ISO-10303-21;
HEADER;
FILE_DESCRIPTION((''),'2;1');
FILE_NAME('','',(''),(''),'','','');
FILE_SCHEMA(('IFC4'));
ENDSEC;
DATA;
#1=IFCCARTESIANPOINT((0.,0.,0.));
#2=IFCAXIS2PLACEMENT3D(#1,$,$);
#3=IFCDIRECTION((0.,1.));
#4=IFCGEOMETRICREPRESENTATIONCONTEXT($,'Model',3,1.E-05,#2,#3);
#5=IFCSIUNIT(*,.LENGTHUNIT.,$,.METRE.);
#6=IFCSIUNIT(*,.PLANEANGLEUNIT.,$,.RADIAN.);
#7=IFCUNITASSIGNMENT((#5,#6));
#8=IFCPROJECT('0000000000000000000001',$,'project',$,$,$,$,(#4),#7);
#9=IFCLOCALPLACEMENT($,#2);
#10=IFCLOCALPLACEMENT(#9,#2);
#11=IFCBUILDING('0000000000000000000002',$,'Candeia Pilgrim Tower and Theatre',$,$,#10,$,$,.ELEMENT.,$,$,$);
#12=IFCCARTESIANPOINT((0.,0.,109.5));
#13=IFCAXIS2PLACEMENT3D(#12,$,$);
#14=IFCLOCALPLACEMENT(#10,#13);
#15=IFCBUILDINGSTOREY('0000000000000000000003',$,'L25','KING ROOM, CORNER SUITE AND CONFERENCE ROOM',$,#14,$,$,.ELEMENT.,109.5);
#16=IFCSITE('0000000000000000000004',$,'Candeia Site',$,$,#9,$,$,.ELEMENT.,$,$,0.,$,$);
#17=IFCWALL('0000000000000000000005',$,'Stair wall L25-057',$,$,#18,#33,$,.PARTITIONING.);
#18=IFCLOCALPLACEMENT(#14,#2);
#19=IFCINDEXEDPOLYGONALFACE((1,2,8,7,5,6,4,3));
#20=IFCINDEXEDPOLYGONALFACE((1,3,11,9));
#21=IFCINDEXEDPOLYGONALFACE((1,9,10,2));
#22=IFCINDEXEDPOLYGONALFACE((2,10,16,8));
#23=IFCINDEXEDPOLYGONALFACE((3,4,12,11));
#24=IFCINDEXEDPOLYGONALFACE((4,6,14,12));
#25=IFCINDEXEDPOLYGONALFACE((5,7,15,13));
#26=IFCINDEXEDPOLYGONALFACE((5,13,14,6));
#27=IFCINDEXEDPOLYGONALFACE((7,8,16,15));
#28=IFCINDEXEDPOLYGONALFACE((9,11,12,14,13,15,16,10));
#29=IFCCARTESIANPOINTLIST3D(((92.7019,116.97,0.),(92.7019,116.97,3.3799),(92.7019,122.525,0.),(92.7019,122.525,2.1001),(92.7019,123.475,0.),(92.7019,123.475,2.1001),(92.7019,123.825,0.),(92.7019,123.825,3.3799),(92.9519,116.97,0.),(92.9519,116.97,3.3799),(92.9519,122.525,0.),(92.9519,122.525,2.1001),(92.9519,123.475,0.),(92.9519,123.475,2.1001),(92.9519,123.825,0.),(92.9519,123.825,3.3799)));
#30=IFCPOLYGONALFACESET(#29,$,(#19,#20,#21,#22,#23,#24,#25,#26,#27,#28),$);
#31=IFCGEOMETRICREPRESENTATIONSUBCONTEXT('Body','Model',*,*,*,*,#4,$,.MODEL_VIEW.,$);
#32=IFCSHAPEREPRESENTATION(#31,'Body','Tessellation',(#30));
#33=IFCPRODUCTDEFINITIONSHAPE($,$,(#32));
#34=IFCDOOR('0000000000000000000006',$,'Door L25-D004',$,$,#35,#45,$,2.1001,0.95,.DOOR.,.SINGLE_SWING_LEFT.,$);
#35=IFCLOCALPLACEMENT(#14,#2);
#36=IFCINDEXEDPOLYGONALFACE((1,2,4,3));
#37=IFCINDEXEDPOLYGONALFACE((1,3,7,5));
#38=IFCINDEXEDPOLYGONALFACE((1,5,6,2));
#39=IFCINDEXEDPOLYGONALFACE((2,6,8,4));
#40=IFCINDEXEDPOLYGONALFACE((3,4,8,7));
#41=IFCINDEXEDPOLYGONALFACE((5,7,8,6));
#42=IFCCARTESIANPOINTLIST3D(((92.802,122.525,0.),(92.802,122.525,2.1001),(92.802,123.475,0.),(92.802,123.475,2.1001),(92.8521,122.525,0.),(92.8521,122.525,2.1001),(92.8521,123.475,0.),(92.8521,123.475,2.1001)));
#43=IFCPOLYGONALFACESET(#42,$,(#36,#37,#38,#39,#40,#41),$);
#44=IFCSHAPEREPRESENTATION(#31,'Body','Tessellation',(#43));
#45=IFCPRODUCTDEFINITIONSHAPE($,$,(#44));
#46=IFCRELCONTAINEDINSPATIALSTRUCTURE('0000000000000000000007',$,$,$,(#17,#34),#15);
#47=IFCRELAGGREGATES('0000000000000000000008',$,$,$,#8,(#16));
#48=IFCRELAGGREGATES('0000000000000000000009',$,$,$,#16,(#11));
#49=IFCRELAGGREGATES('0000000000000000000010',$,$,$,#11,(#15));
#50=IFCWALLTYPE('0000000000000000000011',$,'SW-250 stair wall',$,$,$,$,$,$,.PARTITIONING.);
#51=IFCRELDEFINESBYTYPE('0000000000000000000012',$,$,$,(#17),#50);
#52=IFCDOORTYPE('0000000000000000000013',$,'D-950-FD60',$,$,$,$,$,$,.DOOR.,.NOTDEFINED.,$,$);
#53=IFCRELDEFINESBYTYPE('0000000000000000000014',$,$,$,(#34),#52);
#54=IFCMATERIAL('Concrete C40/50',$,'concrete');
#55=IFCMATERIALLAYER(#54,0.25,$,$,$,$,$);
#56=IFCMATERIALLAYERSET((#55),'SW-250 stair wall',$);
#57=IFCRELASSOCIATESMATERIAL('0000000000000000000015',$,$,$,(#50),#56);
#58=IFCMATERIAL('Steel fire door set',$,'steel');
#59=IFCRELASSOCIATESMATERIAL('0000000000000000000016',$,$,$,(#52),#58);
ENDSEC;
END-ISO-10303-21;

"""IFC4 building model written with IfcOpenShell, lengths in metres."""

from ifc_helpers import new_model, si_unit, direction, frame, frame_2d, origin, place, context, subcontext, project, spatial, rectangle, extrude, material, layer, layer_set, type_object, element, fill, save


model = new_model("IFC4")

# Units and contexts
model_context = context("Model", 3, precision=1e-05, world=origin(), true_north=direction((0.0, 1.0)))
body_context = subcontext(model_context, "Body", "Model", "MODEL_VIEW")
ifc_project = project(units=[si_unit("LENGTHUNIT", "METRE"), si_unit("PLANEANGLEUNIT", "RADIAN")], contexts=[model_context])

# Site, building, storey
site_placement = place(None, origin())
site = spatial("IfcSite", under=ifc_project, at=site_placement, Name="Candeia Site", CompositionType="ELEMENT", RefElevation=0.0)
building_placement = place(site_placement, origin())
building = spatial("IfcBuilding", under=site, at=building_placement, Name="Candeia Pilgrim Tower and Theatre", CompositionType="ELEMENT")
storey_placement = place(building_placement, frame((0.0, 0.0, 109.5)))
storey = spatial("IfcBuildingStorey", under=building, at=storey_placement, Name="L25", Description="KING ROOM, CORNER SUITE AND CONFERENCE ROOM", CompositionType="ELEMENT", Elevation=109.5)

# Wall, opening, door
ifc_material_1 = material(Name="Concrete C40/50", Category="concrete")
ifc_material_2 = material(Name="Steel fire door set", Category="steel")
ifc_layer_1 = layer(ifc_material_1, 0.25)
ifc_layer_set_1 = layer_set([ifc_layer_1], Name="SW-250 stair wall")
wall_type_1 = type_object("IfcWallType", Name="SW-250 stair wall", PredefinedType="PARTITIONING", material=ifc_layer_set_1)
wall_1_placement = place(storey_placement, frame((92.8269, 116.97, 0.0), z_axis=(0.0, 0.0, 1.0), x_axis=(0.0, 1.0, 0.0)))
wall_1 = element("IfcWall", 1, at=wall_1_placement, inside=storey, type_object=wall_type_1, Name="Stair wall L25-057", PredefinedType="PARTITIONING", context=body_context, shape_type="SweptSolid", body=[
    extrude(rectangle(XDim=6.855, YDim=0.25, at=frame_2d((3.4275, 0.0))), origin(), (0.0, 0.0, 1.0), 3.3799),
])
opening_1_placement = place(wall_1_placement, frame((5.5549, 0.0, 0.0)))
opening_1 = element("IfcOpeningElement", 2, at=opening_1_placement, cuts=wall_1, PredefinedType="OPENING", context=body_context, shape_type="SweptSolid", body=[
    extrude(rectangle(XDim=0.95, YDim=2.1001, at=frame_2d((0.4751, 1.05))), frame((0.0, 0.135, 0.0), z_axis=(0.0, -1.0, 0.0), x_axis=(1.0, 0.0, 0.0)), (0.0, 0.0, 1.0), 0.27),
])
door_type_1 = type_object("IfcDoorType", Name="D-950-FD60", OperationType="NOTDEFINED", PredefinedType="DOOR", material=ifc_material_2)
door_1_placement = place(opening_1_placement, origin())
door_1 = element("IfcDoor", 3, at=door_1_placement, inside=storey, type_object=door_type_1, Name="Door L25-D004", OperationType="SINGLE_SWING_LEFT", OverallHeight=2.1001, OverallWidth=0.95, PredefinedType="DOOR", context=body_context, shape_type="SweptSolid", body=[
    extrude(rectangle(XDim=0.95, YDim=2.1001, at=frame_2d((0.4751, 1.05))), frame((0.0, 0.0249, 0.0), z_axis=(0.0, -1.0, 0.0), x_axis=(1.0, 0.0, 0.0)), (0.0, 0.0, 1.0), 0.05),
])
fill(opening_1, door_1)

save(model, "model.ifc")
